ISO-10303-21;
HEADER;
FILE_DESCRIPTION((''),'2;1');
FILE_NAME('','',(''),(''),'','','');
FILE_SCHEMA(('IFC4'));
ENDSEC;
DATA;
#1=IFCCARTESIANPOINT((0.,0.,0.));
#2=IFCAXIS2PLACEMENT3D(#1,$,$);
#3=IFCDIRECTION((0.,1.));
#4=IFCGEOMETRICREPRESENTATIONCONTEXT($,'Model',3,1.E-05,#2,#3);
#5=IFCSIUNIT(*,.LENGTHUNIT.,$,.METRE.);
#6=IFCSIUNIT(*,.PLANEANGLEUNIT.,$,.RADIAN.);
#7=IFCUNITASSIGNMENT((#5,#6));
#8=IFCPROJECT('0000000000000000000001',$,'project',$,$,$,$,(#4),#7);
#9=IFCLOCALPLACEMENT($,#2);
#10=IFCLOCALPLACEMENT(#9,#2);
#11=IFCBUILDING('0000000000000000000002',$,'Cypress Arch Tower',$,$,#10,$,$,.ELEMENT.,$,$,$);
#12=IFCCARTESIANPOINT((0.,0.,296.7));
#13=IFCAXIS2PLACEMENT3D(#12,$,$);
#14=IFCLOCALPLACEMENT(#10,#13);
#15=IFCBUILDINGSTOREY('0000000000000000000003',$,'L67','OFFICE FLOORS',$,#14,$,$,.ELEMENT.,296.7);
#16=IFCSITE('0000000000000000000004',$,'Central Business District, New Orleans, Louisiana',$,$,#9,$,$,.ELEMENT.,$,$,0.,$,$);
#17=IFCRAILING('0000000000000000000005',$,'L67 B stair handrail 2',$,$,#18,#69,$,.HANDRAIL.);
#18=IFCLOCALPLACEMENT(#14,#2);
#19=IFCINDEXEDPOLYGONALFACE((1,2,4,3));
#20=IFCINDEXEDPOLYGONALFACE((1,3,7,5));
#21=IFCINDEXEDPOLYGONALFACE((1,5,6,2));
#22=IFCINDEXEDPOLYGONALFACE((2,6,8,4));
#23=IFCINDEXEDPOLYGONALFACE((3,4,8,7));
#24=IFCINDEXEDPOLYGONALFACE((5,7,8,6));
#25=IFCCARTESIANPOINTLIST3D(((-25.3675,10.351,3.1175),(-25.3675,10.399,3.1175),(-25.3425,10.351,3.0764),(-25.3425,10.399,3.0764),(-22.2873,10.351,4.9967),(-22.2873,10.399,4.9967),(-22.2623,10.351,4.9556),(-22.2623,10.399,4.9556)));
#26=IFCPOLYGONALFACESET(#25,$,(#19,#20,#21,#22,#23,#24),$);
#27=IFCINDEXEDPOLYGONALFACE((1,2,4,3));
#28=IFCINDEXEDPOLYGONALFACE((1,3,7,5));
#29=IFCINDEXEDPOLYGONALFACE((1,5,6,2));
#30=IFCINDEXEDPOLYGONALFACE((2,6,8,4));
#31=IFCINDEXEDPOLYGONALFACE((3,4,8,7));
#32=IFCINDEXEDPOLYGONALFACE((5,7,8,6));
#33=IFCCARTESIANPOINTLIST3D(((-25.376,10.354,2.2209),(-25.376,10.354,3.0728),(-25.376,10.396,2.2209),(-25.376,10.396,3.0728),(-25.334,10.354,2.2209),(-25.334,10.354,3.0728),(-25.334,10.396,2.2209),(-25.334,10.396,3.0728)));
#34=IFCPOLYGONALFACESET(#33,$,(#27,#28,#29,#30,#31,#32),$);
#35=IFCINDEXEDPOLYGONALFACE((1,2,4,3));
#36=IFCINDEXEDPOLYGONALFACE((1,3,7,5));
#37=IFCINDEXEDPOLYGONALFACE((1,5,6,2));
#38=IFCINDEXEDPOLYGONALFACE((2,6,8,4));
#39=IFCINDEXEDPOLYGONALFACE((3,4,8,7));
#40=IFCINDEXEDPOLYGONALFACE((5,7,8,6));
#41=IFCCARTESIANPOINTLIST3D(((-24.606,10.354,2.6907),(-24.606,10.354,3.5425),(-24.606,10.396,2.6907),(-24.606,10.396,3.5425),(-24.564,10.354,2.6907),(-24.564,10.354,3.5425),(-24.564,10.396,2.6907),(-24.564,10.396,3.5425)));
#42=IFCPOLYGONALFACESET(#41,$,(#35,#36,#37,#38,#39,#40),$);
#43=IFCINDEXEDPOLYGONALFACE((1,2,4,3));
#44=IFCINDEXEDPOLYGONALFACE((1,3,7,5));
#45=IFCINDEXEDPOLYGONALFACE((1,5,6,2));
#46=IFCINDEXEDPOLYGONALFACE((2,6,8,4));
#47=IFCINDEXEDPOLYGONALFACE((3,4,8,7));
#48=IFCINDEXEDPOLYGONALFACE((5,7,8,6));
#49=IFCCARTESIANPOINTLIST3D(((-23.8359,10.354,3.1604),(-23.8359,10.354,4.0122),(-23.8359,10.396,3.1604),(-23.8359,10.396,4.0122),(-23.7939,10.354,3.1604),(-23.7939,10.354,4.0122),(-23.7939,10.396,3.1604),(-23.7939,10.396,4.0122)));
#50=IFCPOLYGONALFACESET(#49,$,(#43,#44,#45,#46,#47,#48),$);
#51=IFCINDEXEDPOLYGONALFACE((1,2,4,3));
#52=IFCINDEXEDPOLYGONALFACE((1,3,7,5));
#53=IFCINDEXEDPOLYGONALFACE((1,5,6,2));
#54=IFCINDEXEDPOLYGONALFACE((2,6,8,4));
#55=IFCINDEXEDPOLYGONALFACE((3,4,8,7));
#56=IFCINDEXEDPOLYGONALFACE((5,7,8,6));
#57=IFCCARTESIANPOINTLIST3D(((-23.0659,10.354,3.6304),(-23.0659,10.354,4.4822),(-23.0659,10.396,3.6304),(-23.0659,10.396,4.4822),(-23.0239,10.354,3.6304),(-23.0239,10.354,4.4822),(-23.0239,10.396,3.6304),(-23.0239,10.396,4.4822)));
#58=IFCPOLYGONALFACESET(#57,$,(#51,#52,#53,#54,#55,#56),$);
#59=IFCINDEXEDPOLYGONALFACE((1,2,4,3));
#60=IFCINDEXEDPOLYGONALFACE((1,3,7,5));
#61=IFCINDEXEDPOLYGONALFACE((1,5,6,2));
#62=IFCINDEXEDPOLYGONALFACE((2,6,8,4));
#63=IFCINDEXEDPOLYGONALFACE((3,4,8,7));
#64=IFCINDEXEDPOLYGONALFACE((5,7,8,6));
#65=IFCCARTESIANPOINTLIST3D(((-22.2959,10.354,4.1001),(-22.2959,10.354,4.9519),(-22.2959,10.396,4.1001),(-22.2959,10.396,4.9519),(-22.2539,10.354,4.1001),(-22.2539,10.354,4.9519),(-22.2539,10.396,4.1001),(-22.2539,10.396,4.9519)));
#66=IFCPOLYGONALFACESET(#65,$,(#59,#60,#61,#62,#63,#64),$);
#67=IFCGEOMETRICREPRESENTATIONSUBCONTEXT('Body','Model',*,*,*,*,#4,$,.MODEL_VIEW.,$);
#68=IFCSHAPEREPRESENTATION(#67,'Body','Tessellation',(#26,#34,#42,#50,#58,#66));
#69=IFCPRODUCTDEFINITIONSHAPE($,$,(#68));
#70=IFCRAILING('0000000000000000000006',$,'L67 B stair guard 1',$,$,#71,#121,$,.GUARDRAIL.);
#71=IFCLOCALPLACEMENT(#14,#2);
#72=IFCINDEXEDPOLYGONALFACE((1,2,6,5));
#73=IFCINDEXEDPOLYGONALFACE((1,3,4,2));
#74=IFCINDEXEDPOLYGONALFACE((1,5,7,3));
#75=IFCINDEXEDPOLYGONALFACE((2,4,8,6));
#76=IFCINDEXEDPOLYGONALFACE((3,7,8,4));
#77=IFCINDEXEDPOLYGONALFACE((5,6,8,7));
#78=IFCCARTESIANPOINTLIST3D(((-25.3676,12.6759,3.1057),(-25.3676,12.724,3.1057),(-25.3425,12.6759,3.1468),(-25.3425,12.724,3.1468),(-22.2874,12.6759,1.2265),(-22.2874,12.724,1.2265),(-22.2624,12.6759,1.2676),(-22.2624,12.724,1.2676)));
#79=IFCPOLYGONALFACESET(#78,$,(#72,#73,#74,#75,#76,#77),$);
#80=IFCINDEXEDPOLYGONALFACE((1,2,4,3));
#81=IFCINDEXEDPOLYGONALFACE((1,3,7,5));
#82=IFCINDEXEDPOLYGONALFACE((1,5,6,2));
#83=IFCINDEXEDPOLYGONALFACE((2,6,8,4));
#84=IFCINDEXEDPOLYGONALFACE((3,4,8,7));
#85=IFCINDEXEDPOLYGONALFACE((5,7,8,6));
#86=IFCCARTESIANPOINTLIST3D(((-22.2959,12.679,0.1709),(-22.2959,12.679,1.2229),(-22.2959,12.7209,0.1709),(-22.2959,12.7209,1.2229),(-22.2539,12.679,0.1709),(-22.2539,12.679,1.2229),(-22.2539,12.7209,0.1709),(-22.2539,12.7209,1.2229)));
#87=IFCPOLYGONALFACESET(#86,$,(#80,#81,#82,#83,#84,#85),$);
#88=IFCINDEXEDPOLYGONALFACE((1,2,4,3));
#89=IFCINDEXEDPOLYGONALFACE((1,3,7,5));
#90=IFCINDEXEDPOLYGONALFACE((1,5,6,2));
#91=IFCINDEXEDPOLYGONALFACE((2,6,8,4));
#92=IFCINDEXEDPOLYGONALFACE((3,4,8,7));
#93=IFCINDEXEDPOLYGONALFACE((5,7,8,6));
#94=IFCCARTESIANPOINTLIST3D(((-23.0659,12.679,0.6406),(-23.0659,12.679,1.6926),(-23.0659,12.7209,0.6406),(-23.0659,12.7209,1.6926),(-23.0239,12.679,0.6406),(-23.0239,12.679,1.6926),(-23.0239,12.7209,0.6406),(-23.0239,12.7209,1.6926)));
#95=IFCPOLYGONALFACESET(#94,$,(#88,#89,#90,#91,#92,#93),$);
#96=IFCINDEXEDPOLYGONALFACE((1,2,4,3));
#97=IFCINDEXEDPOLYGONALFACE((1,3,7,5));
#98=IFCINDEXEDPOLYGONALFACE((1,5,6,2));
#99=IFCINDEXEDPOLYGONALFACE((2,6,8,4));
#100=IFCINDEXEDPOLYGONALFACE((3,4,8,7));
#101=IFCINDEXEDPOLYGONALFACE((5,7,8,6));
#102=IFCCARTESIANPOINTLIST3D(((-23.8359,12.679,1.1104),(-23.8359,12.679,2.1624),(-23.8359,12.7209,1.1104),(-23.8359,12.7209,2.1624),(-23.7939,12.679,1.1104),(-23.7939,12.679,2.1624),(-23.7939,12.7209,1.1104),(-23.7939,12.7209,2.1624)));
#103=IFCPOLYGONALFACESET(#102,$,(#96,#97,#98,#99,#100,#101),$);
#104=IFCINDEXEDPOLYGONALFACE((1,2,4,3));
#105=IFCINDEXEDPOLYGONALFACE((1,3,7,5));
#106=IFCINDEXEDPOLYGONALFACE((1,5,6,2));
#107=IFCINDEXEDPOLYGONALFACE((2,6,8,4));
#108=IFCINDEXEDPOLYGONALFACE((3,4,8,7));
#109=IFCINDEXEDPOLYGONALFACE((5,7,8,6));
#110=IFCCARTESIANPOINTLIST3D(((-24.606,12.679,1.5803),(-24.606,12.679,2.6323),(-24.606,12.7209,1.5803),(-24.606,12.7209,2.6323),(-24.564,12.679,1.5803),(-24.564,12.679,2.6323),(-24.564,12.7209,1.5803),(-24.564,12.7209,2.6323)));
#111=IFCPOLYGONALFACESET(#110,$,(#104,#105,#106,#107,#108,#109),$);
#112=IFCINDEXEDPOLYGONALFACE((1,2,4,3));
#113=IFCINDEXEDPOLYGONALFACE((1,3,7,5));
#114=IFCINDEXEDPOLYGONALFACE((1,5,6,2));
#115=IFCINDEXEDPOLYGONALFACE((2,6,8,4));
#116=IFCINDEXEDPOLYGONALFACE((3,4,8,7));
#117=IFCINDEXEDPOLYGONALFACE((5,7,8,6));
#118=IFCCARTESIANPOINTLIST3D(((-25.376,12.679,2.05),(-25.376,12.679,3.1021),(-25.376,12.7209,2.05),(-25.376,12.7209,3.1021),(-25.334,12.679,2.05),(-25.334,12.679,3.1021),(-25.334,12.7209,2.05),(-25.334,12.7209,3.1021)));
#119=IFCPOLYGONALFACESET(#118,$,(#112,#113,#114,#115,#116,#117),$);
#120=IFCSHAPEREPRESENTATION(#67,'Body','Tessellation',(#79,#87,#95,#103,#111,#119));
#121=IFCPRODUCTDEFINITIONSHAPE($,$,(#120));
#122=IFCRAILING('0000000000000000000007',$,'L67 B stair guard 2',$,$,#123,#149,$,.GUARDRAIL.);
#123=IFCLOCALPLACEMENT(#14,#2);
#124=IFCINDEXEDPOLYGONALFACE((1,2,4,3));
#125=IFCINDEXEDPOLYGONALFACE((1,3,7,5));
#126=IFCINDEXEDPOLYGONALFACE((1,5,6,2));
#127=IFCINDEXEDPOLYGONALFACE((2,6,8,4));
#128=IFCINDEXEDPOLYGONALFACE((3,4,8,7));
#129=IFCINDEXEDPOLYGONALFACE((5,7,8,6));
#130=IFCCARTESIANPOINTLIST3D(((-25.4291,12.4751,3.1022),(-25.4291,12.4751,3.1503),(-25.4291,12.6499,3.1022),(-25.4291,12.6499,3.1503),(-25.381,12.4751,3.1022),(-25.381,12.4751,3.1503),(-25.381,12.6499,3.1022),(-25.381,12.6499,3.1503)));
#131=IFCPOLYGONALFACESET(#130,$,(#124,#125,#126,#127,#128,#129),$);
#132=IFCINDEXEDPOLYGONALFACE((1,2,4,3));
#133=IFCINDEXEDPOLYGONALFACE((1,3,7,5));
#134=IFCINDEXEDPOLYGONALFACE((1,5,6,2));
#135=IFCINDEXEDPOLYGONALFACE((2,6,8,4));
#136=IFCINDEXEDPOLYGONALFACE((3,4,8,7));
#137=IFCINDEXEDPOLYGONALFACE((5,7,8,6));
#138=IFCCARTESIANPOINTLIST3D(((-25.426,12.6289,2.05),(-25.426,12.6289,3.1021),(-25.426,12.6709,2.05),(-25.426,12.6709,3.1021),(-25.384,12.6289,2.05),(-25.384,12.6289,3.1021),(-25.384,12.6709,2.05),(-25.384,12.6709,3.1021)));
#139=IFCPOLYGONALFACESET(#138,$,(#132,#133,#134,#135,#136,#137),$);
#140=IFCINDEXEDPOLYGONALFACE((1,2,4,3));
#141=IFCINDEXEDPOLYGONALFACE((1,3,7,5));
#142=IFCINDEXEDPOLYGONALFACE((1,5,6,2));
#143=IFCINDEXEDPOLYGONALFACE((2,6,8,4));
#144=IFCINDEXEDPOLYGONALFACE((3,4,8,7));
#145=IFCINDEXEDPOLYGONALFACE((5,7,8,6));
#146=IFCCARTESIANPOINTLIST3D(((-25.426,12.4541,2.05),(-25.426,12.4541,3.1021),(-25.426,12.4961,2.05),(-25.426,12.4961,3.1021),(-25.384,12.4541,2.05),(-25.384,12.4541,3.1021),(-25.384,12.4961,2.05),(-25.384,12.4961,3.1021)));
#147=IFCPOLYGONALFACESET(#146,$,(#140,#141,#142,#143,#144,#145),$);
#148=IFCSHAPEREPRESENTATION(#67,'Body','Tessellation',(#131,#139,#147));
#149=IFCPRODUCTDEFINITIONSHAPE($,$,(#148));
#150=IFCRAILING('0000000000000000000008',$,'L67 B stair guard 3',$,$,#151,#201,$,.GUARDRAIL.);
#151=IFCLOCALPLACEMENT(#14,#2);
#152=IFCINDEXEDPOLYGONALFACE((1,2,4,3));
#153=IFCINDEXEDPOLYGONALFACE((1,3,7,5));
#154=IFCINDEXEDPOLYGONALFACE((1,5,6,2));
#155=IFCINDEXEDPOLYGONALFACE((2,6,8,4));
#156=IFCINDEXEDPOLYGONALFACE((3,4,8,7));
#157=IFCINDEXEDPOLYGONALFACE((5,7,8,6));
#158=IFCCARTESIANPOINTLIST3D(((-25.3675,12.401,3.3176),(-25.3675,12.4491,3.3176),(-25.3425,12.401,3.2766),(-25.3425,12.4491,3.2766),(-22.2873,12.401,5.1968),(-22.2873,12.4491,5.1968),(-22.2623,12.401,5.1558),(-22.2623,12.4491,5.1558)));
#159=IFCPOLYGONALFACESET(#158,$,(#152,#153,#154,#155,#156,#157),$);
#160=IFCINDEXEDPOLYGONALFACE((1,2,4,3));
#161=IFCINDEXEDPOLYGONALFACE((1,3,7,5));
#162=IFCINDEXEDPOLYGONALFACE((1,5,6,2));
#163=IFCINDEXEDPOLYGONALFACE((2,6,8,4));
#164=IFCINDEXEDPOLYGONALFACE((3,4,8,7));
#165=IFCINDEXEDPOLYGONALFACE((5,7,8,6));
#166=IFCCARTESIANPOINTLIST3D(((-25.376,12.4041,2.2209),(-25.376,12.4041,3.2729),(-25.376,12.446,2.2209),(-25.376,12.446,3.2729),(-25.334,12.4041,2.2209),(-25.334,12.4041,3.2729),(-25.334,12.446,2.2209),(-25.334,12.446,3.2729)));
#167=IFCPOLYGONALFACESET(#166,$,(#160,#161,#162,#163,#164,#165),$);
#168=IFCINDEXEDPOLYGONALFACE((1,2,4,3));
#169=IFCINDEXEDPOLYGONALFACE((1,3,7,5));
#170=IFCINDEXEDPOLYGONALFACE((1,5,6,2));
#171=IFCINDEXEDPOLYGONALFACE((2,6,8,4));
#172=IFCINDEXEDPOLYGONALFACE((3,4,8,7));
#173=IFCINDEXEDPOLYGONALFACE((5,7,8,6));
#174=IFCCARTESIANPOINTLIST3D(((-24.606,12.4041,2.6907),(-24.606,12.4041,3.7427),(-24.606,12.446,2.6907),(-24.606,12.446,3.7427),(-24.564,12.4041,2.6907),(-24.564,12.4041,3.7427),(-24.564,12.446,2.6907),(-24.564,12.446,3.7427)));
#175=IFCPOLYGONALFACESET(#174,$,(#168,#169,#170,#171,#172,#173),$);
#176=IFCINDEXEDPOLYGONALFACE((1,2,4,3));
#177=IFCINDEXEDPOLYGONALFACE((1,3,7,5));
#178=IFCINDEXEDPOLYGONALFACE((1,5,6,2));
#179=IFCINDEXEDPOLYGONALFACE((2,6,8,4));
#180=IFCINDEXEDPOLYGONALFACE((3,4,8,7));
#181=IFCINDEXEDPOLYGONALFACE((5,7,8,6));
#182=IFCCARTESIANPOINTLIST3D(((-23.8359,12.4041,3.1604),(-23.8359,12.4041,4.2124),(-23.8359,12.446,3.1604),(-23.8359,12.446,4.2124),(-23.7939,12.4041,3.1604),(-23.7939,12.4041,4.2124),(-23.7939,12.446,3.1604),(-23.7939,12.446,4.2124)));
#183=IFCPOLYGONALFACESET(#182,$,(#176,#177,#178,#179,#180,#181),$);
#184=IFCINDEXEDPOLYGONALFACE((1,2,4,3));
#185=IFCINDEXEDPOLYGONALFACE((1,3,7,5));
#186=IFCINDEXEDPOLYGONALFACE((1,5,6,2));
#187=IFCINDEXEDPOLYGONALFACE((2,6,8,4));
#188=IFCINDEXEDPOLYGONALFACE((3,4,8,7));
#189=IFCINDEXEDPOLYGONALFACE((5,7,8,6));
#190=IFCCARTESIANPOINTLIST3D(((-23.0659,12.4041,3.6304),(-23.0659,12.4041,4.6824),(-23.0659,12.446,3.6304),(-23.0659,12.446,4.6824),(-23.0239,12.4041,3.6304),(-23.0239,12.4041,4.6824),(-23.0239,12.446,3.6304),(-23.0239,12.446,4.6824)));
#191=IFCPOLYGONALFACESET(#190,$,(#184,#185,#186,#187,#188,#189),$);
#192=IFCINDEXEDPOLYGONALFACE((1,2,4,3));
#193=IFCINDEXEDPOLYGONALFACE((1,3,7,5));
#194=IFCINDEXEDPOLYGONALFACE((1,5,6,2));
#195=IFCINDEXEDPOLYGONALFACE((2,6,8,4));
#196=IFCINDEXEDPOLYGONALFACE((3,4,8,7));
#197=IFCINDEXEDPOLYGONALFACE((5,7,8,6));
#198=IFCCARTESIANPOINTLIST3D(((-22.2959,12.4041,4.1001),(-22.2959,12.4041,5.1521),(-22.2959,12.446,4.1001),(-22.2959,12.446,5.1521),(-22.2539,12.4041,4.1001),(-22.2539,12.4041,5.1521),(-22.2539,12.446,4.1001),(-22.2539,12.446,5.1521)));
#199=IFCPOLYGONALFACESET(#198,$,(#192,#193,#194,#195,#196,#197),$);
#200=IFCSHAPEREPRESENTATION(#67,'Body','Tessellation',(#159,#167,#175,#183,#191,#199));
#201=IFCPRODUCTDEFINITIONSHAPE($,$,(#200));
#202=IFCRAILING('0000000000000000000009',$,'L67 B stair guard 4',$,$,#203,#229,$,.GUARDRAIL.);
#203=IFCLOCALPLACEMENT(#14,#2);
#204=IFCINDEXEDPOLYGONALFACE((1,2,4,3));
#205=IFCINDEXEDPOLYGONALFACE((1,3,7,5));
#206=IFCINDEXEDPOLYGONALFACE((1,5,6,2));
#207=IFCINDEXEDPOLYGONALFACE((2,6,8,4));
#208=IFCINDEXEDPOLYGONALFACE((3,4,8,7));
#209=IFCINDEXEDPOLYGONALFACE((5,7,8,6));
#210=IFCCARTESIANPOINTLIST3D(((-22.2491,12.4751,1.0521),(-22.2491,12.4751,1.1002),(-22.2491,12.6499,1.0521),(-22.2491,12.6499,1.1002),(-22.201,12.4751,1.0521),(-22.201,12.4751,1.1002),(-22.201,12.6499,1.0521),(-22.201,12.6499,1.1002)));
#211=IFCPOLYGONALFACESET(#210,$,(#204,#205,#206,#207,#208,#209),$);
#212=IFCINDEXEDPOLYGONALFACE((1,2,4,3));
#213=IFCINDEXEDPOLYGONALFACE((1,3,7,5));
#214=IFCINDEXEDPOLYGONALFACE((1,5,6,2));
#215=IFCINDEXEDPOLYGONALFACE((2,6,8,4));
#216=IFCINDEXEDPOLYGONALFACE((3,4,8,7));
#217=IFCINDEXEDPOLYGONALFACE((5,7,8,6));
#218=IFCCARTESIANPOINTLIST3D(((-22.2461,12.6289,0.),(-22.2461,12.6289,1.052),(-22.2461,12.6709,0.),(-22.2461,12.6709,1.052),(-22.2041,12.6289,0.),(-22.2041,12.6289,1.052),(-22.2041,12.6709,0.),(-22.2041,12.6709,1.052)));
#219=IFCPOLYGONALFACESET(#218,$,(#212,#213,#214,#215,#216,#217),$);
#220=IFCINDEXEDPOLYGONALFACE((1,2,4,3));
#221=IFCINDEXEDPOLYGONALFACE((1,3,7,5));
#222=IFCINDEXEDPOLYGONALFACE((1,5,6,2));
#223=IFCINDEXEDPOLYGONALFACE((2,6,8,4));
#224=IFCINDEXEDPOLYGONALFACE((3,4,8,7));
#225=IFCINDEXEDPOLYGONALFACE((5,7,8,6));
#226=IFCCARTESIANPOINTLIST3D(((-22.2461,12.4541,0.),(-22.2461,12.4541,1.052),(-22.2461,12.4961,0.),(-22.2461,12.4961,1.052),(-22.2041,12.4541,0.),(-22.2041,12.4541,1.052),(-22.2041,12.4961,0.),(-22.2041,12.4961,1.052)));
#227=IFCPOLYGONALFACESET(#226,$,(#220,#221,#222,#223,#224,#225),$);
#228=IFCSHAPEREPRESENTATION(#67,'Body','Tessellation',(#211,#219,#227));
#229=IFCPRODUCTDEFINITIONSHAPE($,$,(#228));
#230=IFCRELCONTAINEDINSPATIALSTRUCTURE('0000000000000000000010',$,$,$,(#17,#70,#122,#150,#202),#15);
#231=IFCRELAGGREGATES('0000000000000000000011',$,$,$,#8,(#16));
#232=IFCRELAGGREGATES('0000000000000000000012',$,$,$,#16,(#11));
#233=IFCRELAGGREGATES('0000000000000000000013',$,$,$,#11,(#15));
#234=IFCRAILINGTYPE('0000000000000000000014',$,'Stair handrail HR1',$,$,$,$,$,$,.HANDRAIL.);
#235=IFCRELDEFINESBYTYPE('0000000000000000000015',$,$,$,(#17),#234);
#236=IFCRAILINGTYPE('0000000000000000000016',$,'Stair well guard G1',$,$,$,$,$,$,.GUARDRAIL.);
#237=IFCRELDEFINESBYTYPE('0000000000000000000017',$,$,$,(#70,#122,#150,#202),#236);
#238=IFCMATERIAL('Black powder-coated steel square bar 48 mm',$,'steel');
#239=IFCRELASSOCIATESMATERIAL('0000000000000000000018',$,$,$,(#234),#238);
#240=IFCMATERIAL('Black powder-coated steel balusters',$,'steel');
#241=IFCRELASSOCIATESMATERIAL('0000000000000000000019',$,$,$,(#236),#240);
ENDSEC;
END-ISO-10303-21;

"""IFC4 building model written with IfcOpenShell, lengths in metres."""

from ifc_helpers import new_model, si_unit, direction, frame, origin, origin_2d, place, context, subcontext, project, spatial, rectangle, extrude, material, type_object, element, save


model = new_model("IFC4")

# Units and contexts
model_context = context("Model", 3, precision=1e-05, world=origin(), true_north=direction((0.0, 1.0)))
body_context = subcontext(model_context, "Body", "Model", "MODEL_VIEW")
ifc_project = project(units=[si_unit("LENGTHUNIT", "METRE"), si_unit("PLANEANGLEUNIT", "RADIAN")], contexts=[model_context])

# Site, building, storey
site_placement = place(None, origin())
site = spatial("IfcSite", under=ifc_project, at=site_placement, Name="Central Business District, New Orleans, Louisiana", CompositionType="ELEMENT", RefElevation=0.0)
building_placement = place(site_placement, origin())
building = spatial("IfcBuilding", under=site, at=building_placement, Name="Cypress Arch Tower", CompositionType="ELEMENT")
storey_placement = place(building_placement, frame((0.0, 0.0, 296.7)))
storey = spatial("IfcBuildingStorey", under=building, at=storey_placement, Name="L67", Description="OFFICE FLOORS", CompositionType="ELEMENT", Elevation=296.7)

# Railings
ifc_material_1 = material(Name="Black powder-coated steel square bar 48 mm", Category="steel")
railing_type_1 = type_object("IfcRailingType", Name="Stair handrail HR1", PredefinedType="HANDRAIL", material=ifc_material_1)
railing_1_placement = place(storey_placement, frame((-25.355, 10.375, 2.2209)))
element("IfcRailing", 1, at=railing_1_placement, inside=storey, type_object=railing_type_1, Name="L67 B stair handrail 2", PredefinedType="HANDRAIL", context=body_context, shape_type="SweptSolid", body=[
    extrude(rectangle(XDim=0.0481, YDim=0.0481, at=origin_2d()), frame((0.0, 0.0, 0.876), z_axis=(0.853666, 0.0, 0.52082), x_axis=(0.0, 1.0, 0.0)), (0.0, 0.0, 1.0), 3.6082),
    extrude(rectangle(XDim=0.042, YDim=0.042, at=origin_2d()), origin(), (0.0, 0.0, 1.0), 0.8518),
    extrude(rectangle(XDim=0.042, YDim=0.042, at=origin_2d()), frame((0.77, 0.0, 0.4697)), (0.0, 0.0, 1.0), 0.8518),
    extrude(rectangle(XDim=0.042, YDim=0.042, at=origin_2d()), frame((1.54, 0.0, 0.9395)), (0.0, 0.0, 1.0), 0.8518),
    extrude(rectangle(XDim=0.042, YDim=0.042, at=origin_2d()), frame((2.3101, 0.0, 1.4094)), (0.0, 0.0, 1.0), 0.8518),
    extrude(rectangle(XDim=0.042, YDim=0.042, at=origin_2d()), frame((3.0801, 0.0, 1.8792)), (0.0, 0.0, 1.0), 0.8518),
])
ifc_material_2 = material(Name="Black powder-coated steel balusters", Category="steel")
railing_type_2 = type_object("IfcRailingType", Name="Stair well guard G1", PredefinedType="GUARDRAIL", material=ifc_material_2)
railing_2_placement = place(storey_placement, frame((-22.2749, 12.7, 0.1709)))
element("IfcRailing", 2, at=railing_2_placement, inside=storey, type_object=railing_type_2, Name="L67 B stair guard 1", PredefinedType="GUARDRAIL", context=body_context, shape_type="SweptSolid", body=[
    extrude(rectangle(XDim=0.0481, YDim=0.0481, at=origin_2d()), frame((0.0, 0.0, 1.0762), z_axis=(-0.853666, 0.0, 0.52082), x_axis=(0.0, -1.0, 0.0)), (0.0, 0.0, 1.0), 3.6082),
    extrude(rectangle(XDim=0.042, YDim=0.042, at=origin_2d()), origin(), (0.0, 0.0, 1.0), 1.052),
    extrude(rectangle(XDim=0.042, YDim=0.042, at=origin_2d()), frame((-0.77, 0.0, 0.4697)), (0.0, 0.0, 1.0), 1.052),
    extrude(rectangle(XDim=0.042, YDim=0.042, at=origin_2d()), frame((-1.54, 0.0, 0.9395)), (0.0, 0.0, 1.0), 1.052),
    extrude(rectangle(XDim=0.042, YDim=0.042, at=origin_2d()), frame((-2.3101, 0.0, 1.4094)), (0.0, 0.0, 1.0), 1.052),
    extrude(rectangle(XDim=0.042, YDim=0.042, at=origin_2d()), frame((-3.0801, 0.0, 1.8792)), (0.0, 0.0, 1.0), 1.052),
])
railing_3_placement = place(storey_placement, frame((-25.405, 12.6499, 2.05)))
element("IfcRailing", 3, at=railing_3_placement, inside=storey, type_object=railing_type_2, Name="L67 B stair guard 2", PredefinedType="GUARDRAIL", context=body_context, shape_type="SweptSolid", body=[
    extrude(rectangle(XDim=0.0481, YDim=0.0481, at=origin_2d()), frame((0.0, 0.0, 1.0762), z_axis=(0.0, -1.0, 0.0), x_axis=(1.0, 0.0, 0.0)), (0.0, 0.0, 1.0), 0.1748),
    extrude(rectangle(XDim=0.042, YDim=0.042, at=origin_2d()), origin(), (0.0, 0.0, 1.0), 1.052),
    extrude(rectangle(XDim=0.042, YDim=0.042, at=origin_2d()), frame((0.0, -0.1748, 0.0)), (0.0, 0.0, 1.0), 1.052),
])
railing_4_placement = place(storey_placement, frame((-25.355, 12.425, 2.2209)))
element("IfcRailing", 4, at=railing_4_placement, inside=storey, type_object=railing_type_2, Name="L67 B stair guard 3", PredefinedType="GUARDRAIL", context=body_context, shape_type="SweptSolid", body=[
    extrude(rectangle(XDim=0.0481, YDim=0.0481, at=origin_2d()), frame((0.0, 0.0, 1.0762), z_axis=(0.853666, 0.0, 0.52082), x_axis=(0.0, 1.0, 0.0)), (0.0, 0.0, 1.0), 3.6082),
    extrude(rectangle(XDim=0.042, YDim=0.042, at=origin_2d()), origin(), (0.0, 0.0, 1.0), 1.052),
    extrude(rectangle(XDim=0.042, YDim=0.042, at=origin_2d()), frame((0.77, 0.0, 0.4697)), (0.0, 0.0, 1.0), 1.052),
    extrude(rectangle(XDim=0.042, YDim=0.042, at=origin_2d()), frame((1.54, 0.0, 0.9395)), (0.0, 0.0, 1.0), 1.052),
    extrude(rectangle(XDim=0.042, YDim=0.042, at=origin_2d()), frame((2.3101, 0.0, 1.4094)), (0.0, 0.0, 1.0), 1.052),
    extrude(rectangle(XDim=0.042, YDim=0.042, at=origin_2d()), frame((3.0801, 0.0, 1.8792)), (0.0, 0.0, 1.0), 1.052),
])
railing_5_placement = place(storey_placement, frame((-22.2251, 12.6499, 0.0)))
element("IfcRailing", 5, at=railing_5_placement, inside=storey, type_object=railing_type_2, Name="L67 B stair guard 4", PredefinedType="GUARDRAIL", context=body_context, shape_type="SweptSolid", body=[
    extrude(rectangle(XDim=0.0481, YDim=0.0481, at=origin_2d()), frame((0.0, 0.0, 1.0762), z_axis=(0.0, -1.0, 0.0), x_axis=(1.0, 0.0, 0.0)), (0.0, 0.0, 1.0), 0.1748),
    extrude(rectangle(XDim=0.042, YDim=0.042, at=origin_2d()), origin(), (0.0, 0.0, 1.0), 1.052),
    extrude(rectangle(XDim=0.042, YDim=0.042, at=origin_2d()), frame((0.0, -0.1748, 0.0)), (0.0, 0.0, 1.0), 1.052),
])

save(model, "model.ifc")
